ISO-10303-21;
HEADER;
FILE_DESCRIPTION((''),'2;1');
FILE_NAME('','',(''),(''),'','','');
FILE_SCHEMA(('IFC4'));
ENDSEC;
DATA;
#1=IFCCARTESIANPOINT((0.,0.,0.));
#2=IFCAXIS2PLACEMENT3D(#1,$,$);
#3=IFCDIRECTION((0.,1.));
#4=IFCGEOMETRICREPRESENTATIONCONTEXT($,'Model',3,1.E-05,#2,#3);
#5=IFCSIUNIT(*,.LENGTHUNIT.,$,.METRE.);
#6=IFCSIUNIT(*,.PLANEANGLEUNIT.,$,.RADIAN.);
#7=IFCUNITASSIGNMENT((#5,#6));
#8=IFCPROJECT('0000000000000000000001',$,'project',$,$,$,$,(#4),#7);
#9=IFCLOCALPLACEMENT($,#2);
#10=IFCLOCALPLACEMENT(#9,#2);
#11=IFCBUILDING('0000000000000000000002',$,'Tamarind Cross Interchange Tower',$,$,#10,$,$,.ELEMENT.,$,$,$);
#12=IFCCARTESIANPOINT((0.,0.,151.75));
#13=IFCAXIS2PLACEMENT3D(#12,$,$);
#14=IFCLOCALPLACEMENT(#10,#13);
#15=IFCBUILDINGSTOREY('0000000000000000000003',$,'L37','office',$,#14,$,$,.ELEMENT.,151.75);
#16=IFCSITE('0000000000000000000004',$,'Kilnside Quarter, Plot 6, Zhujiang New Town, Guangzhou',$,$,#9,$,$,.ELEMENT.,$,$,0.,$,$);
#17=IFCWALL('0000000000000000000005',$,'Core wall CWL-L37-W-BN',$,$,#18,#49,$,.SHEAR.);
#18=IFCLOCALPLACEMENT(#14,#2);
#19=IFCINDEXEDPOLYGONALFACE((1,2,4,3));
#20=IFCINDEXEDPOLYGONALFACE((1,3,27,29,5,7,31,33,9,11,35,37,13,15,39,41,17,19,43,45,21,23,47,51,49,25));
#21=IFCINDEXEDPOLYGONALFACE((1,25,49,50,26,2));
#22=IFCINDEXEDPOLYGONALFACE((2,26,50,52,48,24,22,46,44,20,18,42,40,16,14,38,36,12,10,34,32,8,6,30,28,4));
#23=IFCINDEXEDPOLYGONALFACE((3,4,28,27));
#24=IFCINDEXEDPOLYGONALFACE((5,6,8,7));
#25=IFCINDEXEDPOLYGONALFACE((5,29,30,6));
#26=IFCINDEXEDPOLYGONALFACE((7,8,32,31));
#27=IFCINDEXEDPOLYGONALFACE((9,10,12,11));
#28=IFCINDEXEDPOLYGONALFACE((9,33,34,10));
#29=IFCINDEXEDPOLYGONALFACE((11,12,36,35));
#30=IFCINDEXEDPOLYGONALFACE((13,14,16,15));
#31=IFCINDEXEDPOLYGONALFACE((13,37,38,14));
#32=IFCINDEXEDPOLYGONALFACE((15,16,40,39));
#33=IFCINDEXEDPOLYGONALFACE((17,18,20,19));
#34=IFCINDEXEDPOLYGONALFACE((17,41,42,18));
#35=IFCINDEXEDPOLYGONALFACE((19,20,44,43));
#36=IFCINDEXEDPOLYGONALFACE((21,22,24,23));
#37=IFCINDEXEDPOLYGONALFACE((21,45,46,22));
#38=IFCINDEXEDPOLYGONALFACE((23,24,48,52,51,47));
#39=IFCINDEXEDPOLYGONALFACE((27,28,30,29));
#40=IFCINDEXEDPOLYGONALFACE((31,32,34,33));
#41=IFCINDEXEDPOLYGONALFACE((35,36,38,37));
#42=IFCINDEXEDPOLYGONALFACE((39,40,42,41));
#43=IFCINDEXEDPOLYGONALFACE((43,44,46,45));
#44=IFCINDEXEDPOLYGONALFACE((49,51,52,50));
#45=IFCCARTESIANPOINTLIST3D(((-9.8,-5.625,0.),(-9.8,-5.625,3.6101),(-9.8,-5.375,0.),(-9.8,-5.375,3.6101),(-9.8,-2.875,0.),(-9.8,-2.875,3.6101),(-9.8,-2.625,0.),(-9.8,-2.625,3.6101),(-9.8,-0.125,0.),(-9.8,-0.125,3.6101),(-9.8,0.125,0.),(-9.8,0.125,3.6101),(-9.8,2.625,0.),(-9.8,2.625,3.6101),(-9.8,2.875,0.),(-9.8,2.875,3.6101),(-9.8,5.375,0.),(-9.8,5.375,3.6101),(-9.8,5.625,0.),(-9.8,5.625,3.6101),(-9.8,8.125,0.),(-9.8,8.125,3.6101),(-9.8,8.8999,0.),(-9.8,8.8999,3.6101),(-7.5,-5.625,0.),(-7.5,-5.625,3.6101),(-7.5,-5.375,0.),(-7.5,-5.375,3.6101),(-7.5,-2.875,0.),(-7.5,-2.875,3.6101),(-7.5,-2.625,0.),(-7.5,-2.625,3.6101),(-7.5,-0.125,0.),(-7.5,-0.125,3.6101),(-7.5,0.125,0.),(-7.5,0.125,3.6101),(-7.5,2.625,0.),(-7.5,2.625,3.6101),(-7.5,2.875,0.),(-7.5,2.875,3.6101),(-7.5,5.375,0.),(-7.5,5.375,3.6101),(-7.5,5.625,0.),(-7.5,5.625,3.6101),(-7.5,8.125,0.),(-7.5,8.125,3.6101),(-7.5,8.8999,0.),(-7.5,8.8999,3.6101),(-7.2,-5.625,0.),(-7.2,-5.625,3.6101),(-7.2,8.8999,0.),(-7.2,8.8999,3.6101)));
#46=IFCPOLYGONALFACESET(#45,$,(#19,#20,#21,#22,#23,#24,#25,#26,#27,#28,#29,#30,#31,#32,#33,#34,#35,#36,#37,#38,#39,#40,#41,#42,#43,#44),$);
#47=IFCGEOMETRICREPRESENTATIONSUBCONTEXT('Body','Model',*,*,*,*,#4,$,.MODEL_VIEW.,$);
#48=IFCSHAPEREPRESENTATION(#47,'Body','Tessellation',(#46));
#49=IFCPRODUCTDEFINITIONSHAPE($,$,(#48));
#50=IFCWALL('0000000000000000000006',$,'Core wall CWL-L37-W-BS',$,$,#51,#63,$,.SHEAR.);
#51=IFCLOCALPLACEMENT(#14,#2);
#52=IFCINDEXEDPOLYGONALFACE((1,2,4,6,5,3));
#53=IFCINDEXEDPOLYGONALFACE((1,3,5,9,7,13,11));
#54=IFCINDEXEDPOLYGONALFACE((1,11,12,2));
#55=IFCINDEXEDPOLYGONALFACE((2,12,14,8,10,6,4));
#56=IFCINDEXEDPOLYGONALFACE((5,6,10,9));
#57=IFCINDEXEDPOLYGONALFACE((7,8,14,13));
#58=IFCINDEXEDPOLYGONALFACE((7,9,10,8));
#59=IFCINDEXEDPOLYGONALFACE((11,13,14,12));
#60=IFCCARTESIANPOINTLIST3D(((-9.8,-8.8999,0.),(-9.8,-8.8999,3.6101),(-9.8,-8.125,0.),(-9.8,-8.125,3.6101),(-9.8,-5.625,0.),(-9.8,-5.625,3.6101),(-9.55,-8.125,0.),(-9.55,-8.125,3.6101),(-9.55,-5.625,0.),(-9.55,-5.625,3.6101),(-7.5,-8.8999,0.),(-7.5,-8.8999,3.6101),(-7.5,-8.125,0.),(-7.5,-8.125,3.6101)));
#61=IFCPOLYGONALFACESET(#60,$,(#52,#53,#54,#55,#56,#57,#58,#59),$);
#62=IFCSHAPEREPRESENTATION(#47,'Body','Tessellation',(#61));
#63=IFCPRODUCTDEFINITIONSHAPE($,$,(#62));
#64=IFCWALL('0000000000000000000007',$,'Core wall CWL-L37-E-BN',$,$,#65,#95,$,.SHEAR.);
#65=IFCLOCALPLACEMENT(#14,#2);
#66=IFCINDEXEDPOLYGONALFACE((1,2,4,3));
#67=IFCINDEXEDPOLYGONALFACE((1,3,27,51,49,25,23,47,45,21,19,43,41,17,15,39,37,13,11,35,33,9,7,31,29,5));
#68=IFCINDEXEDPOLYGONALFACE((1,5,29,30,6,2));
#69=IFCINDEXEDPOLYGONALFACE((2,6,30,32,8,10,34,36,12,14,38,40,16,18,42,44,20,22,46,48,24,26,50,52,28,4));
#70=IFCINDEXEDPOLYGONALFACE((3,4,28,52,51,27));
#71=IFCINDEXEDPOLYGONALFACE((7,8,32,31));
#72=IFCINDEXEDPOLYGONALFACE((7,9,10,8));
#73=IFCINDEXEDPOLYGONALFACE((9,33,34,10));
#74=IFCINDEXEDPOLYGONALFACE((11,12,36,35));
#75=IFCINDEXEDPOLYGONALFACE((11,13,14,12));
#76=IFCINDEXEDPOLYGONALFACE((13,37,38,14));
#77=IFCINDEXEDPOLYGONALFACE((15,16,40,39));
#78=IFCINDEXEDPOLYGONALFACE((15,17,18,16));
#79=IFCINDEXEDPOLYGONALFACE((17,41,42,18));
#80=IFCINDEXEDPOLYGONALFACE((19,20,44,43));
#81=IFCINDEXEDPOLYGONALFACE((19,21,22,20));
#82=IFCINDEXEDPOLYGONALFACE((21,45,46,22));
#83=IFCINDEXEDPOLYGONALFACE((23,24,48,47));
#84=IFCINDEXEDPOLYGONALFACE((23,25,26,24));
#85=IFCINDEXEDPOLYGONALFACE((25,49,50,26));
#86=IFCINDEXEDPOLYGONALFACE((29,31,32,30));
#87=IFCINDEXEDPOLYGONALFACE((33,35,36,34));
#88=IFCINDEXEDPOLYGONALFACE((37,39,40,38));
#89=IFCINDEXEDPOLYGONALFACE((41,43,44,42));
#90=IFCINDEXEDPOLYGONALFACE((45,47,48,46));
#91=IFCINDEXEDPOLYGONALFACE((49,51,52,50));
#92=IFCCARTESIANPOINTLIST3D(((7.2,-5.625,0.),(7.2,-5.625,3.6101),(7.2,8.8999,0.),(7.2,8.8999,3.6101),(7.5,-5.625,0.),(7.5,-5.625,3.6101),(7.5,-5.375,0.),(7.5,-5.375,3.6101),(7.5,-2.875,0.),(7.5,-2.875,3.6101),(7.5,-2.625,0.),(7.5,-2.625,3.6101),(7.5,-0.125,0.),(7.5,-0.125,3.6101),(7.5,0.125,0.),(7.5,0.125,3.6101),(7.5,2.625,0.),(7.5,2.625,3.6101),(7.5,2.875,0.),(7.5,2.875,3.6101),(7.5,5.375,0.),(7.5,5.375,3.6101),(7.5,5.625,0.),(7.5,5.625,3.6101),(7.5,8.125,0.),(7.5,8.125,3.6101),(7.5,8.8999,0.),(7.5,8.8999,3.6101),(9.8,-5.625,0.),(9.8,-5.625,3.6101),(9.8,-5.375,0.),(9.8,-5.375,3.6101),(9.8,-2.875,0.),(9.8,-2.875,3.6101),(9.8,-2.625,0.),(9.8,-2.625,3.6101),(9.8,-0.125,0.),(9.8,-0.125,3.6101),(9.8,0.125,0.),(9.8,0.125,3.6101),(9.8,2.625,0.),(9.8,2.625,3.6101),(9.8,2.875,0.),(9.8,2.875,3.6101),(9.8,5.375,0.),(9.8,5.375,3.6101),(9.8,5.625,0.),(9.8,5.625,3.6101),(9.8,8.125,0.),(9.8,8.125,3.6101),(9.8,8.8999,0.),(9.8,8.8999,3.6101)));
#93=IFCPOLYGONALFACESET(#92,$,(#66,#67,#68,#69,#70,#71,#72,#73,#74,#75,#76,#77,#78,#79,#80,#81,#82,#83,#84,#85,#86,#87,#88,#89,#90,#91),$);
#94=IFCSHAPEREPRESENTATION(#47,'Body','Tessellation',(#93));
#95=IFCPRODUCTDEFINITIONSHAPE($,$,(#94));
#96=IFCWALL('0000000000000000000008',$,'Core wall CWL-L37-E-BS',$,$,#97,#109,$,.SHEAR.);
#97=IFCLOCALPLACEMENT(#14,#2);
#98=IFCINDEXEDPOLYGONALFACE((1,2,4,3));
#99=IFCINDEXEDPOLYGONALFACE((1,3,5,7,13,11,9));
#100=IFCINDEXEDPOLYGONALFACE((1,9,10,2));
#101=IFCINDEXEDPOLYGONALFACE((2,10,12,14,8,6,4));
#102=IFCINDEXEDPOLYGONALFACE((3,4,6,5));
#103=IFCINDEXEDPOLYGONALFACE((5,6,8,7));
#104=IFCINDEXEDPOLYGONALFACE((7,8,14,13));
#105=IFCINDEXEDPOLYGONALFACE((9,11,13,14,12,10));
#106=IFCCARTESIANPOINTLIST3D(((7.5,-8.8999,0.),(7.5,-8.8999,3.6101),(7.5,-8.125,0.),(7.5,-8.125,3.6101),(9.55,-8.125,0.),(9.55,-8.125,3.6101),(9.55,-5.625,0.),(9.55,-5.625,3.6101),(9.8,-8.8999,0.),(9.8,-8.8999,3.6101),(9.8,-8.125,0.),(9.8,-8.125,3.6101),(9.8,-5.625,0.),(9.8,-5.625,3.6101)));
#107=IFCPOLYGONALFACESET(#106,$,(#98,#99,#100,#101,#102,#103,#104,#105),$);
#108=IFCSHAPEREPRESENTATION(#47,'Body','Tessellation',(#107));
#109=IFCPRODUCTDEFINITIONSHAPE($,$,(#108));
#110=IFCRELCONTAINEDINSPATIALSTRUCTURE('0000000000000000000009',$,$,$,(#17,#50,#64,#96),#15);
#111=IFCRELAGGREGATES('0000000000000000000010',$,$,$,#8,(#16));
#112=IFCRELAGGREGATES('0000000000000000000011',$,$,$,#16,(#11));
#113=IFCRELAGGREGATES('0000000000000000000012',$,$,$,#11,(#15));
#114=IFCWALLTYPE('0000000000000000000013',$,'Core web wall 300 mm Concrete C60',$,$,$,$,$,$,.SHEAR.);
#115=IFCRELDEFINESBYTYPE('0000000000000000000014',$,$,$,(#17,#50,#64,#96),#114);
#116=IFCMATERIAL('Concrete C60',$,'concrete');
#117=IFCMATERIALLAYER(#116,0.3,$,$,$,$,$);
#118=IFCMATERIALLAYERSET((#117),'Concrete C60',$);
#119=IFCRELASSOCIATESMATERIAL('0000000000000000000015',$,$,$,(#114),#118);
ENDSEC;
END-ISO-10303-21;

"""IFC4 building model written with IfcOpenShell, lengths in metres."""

from ifc_helpers import new_model, si_unit, direction, frame, origin, place, context, subcontext, project, spatial, polyline, outline, extrude, material, layer, layer_set, type_object, element, save


model = new_model("IFC4")

# Units and contexts
model_context = context("Model", 3, precision=1e-05, world=origin(), true_north=direction((0.0, 1.0)))
body_context = subcontext(model_context, "Body", "Model", "MODEL_VIEW")
ifc_project = project(units=[si_unit("LENGTHUNIT", "METRE"), si_unit("PLANEANGLEUNIT", "RADIAN")], contexts=[model_context])

# Site, building, storey
site_placement = place(None, origin())
site = spatial("IfcSite", under=ifc_project, at=site_placement, Name="Kilnside Quarter, Plot 6, Zhujiang New Town, Guangzhou", CompositionType="ELEMENT", RefElevation=0.0)
building_placement = place(site_placement, origin())
building = spatial("IfcBuilding", under=site, at=building_placement, Name="Tamarind Cross Interchange Tower", CompositionType="ELEMENT")
storey_placement = place(building_placement, frame((0.0, 0.0, 151.75)))
storey = spatial("IfcBuildingStorey", under=building, at=storey_placement, Name="L37", Description="office", CompositionType="ELEMENT", Elevation=151.75)

# Walls
ifc_material_1 = material(Name="Concrete C60", Category="concrete")
ifc_layer_1 = layer(ifc_material_1, 0.3)
ifc_layer_set_1 = layer_set([ifc_layer_1], Name="Concrete C60")
wall_type_1 = type_object("IfcWallType", Name="Core web wall 300 mm Concrete C60", PredefinedType="SHEAR", material=ifc_layer_set_1)
wall_1_placement = place(storey_placement, origin())
element("IfcWall", 1, at=wall_1_placement, inside=storey, type_object=wall_type_1, Name="Core wall CWL-L37-W-BN", PredefinedType="SHEAR", context=body_context, shape_type="SweptSolid", body=[
    extrude(outline(polyline([(-9.8, -5.375), (-9.8, -5.625), (-7.5, -5.625), (-7.2, -5.625), (-7.2, 8.8999), (-7.5, 8.8999), (-9.8, 8.8999), (-9.8, 8.125), (-7.5, 8.125), (-7.5, 5.625), (-9.8, 5.625), (-9.8, 5.375), (-7.5, 5.375), (-7.5, 2.875), (-9.8, 2.875), (-9.8, 2.625), (-7.5, 2.625), (-7.5, 0.125), (-9.8, 0.125), (-9.8, -0.125), (-7.5, -0.125), (-7.5, -2.625), (-9.8, -2.625), (-9.8, -2.875), (-7.5, -2.875), (-7.5, -5.375), (-9.8, -5.375)])), origin(), (0.0, 0.0, 1.0), 3.6101),
])
wall_2_placement = place(storey_placement, origin())
element("IfcWall", 2, at=wall_2_placement, inside=storey, type_object=wall_type_1, Name="Core wall CWL-L37-W-BS", PredefinedType="SHEAR", context=body_context, shape_type="SweptSolid", body=[
    extrude(outline(polyline([(-7.5, -8.125), (-9.55, -8.125), (-9.55, -5.625), (-9.8, -5.625), (-9.8, -8.125), (-9.8, -8.8999), (-7.5, -8.8999), (-7.5, -8.125)])), origin(), (0.0, 0.0, 1.0), 3.6101),
])
wall_3_placement = place(storey_placement, origin())
element("IfcWall", 3, at=wall_3_placement, inside=storey, type_object=wall_type_1, Name="Core wall CWL-L37-E-BN", PredefinedType="SHEAR", context=body_context, shape_type="SweptSolid", body=[
    extrude(outline(polyline([(9.8, -5.375), (7.5, -5.375), (7.5, -2.875), (9.8, -2.875), (9.8, -2.625), (7.5, -2.625), (7.5, -0.125), (9.8, -0.125), (9.8, 0.125), (7.5, 0.125), (7.5, 2.625), (9.8, 2.625), (9.8, 2.875), (7.5, 2.875), (7.5, 5.375), (9.8, 5.375), (9.8, 5.625), (7.5, 5.625), (7.5, 8.125), (9.8, 8.125), (9.8, 8.8999), (7.5, 8.8999), (7.2, 8.8999), (7.2, -5.625), (7.5, -5.625), (9.8, -5.625), (9.8, -5.375)])), origin(), (0.0, 0.0, 1.0), 3.6101),
])
wall_4_placement = place(storey_placement, origin())
element("IfcWall", 4, at=wall_4_placement, inside=storey, type_object=wall_type_1, Name="Core wall CWL-L37-E-BS", PredefinedType="SHEAR", context=body_context, shape_type="SweptSolid", body=[
    extrude(outline(polyline([(7.5, -8.125), (7.5, -8.8999), (9.8, -8.8999), (9.8, -8.125), (9.8, -5.625), (9.55, -5.625), (9.55, -8.125), (7.5, -8.125)])), origin(), (0.0, 0.0, 1.0), 3.6101),
])

save(model, "model.ifc")
